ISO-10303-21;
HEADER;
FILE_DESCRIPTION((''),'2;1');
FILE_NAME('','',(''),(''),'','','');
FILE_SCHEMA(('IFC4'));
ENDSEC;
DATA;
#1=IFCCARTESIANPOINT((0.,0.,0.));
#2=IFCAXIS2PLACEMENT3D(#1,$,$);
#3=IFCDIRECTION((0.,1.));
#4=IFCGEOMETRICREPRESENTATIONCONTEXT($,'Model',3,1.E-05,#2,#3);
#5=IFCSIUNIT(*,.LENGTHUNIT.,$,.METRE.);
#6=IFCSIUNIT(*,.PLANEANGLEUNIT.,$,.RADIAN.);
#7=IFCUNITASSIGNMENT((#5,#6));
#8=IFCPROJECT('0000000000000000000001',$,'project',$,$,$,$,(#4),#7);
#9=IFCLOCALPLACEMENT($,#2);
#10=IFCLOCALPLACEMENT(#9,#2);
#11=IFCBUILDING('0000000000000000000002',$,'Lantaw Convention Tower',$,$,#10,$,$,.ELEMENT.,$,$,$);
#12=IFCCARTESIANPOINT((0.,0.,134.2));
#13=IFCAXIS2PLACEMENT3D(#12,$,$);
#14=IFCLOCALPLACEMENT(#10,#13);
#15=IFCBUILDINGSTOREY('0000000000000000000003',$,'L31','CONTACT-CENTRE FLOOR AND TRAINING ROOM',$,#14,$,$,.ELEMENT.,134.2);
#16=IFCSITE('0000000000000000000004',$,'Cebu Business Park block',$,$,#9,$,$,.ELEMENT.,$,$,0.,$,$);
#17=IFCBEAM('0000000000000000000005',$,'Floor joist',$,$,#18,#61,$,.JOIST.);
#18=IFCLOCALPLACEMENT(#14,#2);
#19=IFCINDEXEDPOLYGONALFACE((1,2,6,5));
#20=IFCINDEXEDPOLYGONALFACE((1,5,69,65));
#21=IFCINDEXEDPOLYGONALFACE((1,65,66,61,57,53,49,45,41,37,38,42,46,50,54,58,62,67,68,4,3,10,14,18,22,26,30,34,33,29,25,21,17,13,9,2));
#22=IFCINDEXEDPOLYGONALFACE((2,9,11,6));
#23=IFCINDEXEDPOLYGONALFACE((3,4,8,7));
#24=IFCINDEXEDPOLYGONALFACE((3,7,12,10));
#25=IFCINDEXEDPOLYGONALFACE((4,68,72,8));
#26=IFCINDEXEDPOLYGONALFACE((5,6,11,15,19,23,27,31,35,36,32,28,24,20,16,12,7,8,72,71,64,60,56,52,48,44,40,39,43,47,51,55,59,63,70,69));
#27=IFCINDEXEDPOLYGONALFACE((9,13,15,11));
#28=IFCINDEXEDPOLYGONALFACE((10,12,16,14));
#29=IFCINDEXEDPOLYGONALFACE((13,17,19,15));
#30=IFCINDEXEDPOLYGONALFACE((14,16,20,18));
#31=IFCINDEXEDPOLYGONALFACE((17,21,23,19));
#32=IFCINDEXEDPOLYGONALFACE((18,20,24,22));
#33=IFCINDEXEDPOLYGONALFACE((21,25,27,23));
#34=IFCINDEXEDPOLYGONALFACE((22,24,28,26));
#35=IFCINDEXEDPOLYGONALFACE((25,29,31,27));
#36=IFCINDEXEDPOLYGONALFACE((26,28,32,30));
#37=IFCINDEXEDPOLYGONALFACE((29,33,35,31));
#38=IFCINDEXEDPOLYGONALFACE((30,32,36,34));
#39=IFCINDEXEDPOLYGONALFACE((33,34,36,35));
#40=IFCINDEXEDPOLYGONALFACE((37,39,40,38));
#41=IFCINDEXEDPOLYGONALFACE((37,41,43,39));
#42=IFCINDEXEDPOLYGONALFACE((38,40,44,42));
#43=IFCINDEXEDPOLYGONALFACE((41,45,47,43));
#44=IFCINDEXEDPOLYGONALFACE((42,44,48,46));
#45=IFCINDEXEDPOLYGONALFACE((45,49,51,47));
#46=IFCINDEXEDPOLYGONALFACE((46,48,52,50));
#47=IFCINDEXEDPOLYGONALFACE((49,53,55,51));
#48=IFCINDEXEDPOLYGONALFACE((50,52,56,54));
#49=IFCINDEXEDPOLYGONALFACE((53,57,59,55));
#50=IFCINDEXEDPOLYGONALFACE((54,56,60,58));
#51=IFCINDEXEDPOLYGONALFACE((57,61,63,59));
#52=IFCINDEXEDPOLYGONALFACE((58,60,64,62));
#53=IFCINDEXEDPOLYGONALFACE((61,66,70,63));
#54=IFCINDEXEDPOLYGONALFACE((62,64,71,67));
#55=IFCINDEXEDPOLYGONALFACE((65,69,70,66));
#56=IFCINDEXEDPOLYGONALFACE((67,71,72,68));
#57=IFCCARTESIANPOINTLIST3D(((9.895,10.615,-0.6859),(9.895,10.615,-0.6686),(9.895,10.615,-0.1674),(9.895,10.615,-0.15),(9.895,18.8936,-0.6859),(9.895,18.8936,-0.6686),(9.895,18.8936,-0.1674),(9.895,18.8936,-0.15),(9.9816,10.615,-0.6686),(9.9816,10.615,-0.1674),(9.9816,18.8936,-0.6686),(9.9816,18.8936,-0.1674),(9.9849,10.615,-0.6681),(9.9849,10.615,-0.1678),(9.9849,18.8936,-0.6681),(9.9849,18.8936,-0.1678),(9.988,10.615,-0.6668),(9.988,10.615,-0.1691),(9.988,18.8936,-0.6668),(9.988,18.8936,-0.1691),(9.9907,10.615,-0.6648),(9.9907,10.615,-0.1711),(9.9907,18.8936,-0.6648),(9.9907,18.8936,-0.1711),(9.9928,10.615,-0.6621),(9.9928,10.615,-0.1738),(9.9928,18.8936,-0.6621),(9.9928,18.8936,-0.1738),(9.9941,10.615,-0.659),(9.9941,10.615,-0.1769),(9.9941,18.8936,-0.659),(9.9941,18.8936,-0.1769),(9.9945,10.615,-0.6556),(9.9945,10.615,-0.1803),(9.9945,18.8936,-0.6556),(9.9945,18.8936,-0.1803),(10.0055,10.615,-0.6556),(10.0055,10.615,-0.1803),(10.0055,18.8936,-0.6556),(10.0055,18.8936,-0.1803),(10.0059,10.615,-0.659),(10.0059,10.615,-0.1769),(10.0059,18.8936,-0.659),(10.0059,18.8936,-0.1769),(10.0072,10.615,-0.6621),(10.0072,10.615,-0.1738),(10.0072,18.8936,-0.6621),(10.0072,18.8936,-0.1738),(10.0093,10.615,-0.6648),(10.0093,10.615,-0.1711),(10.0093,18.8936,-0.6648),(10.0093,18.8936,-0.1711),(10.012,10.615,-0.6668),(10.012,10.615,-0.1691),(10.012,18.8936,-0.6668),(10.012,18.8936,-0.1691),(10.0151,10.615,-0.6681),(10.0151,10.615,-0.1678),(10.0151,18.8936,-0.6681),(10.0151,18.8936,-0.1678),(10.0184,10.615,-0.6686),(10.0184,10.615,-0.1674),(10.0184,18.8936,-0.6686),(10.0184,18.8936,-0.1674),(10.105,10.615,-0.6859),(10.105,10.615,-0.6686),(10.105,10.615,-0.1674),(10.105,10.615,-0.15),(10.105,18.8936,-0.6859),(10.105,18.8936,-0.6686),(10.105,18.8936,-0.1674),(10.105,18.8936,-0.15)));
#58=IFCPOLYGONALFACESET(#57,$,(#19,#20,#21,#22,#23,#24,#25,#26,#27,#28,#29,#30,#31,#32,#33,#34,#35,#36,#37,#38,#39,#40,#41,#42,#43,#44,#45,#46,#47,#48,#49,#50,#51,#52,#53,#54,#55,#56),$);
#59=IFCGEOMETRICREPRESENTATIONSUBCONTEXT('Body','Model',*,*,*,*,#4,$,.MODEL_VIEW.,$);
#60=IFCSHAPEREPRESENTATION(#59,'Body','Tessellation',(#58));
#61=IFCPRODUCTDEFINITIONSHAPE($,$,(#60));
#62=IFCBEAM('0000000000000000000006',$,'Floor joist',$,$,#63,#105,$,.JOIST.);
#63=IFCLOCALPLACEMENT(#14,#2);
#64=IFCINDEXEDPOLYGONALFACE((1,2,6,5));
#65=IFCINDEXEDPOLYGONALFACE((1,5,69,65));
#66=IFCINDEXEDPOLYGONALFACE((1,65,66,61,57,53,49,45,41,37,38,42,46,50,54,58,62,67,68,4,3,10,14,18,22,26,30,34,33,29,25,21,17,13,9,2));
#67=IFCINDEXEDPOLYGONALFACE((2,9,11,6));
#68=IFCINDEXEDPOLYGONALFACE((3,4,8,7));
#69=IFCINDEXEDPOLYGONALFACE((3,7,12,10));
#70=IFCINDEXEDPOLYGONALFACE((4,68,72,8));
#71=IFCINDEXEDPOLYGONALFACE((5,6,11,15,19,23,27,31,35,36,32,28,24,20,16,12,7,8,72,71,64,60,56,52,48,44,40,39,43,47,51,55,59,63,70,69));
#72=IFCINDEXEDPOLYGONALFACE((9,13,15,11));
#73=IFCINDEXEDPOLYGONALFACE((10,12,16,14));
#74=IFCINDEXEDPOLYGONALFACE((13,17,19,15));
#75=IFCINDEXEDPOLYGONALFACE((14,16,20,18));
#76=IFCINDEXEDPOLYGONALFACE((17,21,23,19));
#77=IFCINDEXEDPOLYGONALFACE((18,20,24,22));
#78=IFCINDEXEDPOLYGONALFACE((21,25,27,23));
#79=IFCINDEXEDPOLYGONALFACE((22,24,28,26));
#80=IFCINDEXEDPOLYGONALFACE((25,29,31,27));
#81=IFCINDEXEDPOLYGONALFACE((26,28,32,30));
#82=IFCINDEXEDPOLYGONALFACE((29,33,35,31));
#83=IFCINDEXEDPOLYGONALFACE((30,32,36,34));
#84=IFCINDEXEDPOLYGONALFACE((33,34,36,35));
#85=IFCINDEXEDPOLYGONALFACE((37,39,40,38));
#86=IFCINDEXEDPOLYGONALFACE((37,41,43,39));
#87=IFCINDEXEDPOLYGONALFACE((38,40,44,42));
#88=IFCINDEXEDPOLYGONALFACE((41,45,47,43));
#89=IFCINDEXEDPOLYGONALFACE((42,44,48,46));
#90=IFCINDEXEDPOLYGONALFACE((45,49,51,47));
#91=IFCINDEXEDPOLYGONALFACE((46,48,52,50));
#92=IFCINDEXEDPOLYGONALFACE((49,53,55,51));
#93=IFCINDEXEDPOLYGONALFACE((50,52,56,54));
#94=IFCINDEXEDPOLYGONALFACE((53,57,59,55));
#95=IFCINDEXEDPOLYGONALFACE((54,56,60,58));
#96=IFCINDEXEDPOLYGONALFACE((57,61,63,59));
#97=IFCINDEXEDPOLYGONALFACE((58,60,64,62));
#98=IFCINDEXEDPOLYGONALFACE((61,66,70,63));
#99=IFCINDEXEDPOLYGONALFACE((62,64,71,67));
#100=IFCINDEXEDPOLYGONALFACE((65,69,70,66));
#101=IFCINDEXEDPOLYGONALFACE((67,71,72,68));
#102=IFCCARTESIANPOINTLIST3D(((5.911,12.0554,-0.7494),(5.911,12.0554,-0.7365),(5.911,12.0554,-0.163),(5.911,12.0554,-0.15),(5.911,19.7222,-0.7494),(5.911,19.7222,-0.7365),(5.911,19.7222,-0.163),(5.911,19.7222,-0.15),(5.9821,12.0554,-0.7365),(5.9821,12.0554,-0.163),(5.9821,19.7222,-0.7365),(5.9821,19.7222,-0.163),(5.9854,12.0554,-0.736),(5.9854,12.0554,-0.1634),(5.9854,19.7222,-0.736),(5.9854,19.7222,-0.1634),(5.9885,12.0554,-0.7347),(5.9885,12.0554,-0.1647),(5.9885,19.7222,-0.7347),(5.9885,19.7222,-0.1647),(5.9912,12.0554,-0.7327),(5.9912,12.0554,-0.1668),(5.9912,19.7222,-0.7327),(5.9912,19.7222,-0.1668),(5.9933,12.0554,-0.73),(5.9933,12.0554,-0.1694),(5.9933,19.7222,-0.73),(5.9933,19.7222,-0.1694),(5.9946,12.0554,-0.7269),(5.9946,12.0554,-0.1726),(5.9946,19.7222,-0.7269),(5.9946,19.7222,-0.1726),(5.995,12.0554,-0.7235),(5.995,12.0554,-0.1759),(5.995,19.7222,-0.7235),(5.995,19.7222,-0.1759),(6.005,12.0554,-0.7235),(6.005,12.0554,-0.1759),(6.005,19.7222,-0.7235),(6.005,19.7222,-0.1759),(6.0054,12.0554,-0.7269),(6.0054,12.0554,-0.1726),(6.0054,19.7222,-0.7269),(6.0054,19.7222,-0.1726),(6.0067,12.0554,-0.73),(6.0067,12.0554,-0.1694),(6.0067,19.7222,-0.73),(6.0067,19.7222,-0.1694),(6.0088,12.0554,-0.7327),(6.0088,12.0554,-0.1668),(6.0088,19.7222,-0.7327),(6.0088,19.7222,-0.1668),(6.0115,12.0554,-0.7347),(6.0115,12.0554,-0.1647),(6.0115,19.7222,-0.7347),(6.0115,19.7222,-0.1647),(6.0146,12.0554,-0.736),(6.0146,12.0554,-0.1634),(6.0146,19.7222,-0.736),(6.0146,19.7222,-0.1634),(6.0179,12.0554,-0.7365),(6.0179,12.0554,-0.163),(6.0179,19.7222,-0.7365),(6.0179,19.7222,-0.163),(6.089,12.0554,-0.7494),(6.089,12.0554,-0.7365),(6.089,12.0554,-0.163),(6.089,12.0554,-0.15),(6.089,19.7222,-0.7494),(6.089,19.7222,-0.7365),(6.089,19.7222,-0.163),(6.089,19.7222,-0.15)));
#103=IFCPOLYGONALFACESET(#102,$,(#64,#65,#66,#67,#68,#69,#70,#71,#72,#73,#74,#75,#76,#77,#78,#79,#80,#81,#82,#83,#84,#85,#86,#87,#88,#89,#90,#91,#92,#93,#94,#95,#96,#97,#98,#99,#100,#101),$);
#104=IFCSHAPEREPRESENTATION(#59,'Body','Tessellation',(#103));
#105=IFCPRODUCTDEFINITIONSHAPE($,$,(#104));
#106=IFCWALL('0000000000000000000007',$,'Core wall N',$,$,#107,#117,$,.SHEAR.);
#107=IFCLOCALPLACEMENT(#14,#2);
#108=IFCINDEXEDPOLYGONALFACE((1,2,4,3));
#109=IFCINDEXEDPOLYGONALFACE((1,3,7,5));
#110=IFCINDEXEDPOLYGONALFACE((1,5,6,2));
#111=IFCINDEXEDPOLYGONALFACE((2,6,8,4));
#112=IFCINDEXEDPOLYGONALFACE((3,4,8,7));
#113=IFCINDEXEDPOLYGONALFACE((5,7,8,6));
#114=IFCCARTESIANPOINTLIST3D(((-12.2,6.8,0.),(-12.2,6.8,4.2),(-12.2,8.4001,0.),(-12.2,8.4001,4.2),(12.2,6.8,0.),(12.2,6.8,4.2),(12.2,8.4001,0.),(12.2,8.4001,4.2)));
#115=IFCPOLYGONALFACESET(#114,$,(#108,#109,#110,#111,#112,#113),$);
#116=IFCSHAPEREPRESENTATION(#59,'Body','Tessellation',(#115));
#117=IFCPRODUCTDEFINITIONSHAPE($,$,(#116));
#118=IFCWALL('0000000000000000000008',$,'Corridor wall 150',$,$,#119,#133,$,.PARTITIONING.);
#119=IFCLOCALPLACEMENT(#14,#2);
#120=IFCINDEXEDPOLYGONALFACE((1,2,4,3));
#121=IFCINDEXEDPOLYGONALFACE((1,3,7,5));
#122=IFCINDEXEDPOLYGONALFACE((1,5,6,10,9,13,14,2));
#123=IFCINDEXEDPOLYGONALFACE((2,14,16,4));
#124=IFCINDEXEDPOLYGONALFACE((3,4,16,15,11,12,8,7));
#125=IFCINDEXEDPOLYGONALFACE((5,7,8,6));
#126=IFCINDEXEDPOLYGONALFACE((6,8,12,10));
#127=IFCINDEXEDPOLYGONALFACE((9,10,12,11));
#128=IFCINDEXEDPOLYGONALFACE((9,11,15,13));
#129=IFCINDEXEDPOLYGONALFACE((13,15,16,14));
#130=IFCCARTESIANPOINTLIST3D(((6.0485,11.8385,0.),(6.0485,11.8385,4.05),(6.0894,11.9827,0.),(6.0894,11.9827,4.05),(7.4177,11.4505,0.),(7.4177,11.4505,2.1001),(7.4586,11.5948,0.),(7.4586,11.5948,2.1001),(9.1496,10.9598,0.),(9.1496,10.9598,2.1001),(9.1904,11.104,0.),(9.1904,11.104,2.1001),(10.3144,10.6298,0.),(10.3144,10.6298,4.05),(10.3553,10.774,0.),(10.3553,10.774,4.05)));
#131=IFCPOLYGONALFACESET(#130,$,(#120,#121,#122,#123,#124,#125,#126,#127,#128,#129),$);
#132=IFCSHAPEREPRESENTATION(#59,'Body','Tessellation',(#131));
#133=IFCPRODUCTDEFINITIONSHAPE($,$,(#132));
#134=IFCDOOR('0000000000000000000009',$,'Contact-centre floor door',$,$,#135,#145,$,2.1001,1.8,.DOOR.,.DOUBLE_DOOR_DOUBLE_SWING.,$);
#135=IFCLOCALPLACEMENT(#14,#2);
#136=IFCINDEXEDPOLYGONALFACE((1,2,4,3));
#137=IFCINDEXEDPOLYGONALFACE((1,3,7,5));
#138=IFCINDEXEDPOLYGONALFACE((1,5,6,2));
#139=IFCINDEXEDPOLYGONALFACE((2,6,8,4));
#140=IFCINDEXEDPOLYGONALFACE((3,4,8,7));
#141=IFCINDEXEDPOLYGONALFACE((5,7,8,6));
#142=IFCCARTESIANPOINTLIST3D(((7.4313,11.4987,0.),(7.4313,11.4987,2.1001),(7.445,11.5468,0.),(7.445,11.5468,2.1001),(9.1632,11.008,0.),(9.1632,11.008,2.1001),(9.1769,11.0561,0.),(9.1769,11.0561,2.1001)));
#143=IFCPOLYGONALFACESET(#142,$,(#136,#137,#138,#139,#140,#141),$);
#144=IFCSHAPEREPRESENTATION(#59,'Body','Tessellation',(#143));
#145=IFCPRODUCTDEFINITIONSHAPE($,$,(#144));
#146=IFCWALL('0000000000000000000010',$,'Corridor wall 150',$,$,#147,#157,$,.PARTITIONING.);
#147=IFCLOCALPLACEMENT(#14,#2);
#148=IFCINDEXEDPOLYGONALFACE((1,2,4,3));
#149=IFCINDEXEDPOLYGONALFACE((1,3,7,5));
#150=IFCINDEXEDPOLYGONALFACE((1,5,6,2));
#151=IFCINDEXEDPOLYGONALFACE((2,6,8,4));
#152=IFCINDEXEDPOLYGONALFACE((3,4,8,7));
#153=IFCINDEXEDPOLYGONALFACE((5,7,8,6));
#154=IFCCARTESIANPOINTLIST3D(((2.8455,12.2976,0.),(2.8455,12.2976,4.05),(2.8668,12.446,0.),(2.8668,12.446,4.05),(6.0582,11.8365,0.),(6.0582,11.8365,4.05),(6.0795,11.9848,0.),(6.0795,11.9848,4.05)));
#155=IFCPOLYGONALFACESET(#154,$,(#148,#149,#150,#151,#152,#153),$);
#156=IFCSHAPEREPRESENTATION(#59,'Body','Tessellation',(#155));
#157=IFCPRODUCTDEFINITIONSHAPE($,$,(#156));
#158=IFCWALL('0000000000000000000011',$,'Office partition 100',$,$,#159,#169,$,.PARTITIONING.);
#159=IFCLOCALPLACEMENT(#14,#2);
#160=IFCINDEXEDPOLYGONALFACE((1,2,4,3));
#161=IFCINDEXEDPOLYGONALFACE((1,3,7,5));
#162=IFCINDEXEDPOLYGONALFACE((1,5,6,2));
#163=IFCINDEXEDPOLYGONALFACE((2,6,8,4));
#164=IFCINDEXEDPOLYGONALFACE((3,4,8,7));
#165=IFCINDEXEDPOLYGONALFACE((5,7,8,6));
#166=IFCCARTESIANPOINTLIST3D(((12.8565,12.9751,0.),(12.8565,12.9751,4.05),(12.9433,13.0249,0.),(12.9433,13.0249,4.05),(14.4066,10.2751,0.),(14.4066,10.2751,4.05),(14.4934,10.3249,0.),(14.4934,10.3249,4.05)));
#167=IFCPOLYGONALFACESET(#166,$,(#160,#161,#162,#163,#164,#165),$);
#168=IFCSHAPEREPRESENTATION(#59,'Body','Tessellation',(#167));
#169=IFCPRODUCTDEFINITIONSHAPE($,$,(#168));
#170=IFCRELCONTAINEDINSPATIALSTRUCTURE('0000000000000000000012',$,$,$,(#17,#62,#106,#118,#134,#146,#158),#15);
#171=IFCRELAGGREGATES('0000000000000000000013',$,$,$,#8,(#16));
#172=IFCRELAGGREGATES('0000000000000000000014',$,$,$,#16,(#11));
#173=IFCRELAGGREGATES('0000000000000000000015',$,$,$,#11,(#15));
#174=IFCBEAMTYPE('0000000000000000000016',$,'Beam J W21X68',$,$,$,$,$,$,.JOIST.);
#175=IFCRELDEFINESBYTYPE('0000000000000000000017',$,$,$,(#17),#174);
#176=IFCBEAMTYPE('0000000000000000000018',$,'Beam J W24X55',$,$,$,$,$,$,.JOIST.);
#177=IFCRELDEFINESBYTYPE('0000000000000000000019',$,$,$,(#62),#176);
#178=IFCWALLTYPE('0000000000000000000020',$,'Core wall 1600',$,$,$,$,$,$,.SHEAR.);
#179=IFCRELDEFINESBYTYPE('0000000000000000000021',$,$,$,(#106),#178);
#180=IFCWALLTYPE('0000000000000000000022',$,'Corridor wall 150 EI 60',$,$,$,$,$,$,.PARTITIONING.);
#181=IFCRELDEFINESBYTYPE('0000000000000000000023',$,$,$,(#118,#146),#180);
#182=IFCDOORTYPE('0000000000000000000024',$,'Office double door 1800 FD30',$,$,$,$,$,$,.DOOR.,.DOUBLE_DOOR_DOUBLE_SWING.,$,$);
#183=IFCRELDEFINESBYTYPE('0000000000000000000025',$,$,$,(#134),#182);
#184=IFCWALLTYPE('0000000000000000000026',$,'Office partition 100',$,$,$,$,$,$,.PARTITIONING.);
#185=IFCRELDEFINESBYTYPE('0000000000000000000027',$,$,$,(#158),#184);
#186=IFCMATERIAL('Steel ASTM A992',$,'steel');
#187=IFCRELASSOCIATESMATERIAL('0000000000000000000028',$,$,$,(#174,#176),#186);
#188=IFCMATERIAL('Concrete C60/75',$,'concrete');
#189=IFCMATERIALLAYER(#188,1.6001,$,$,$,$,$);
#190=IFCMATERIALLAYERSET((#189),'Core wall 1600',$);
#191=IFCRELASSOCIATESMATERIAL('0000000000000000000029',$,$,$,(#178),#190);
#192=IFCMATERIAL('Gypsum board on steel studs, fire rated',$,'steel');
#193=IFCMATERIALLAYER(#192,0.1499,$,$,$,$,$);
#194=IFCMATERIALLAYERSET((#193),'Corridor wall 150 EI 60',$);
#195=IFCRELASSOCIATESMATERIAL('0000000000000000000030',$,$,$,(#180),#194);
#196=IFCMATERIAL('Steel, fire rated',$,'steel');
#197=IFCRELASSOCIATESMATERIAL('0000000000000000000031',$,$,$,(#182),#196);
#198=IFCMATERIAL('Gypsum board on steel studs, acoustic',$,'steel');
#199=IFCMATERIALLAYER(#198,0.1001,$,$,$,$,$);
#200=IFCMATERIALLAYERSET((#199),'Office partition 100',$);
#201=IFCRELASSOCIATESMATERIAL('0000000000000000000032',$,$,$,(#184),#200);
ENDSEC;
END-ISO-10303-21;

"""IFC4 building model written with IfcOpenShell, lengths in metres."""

from ifc_helpers import new_model, si_unit, direction, frame, frame_2d, origin, origin_2d, place, context, subcontext, project, spatial, rectangle, i_section, extrude, material, layer, layer_set, material_profile, profile_set, type_object, element, fill, save


model = new_model("IFC4")

# Units and contexts
model_context = context("Model", 3, precision=1e-05, world=origin(), true_north=direction((0.0, 1.0)))
body_context = subcontext(model_context, "Body", "Model", "MODEL_VIEW")
ifc_project = project(units=[si_unit("LENGTHUNIT", "METRE"), si_unit("PLANEANGLEUNIT", "RADIAN")], contexts=[model_context])

# Site, building, storey
site_placement = place(None, origin())
site = spatial("IfcSite", under=ifc_project, at=site_placement, Name="Cebu Business Park block", CompositionType="ELEMENT", RefElevation=0.0)
building_placement = place(site_placement, origin())
building = spatial("IfcBuilding", under=site, at=building_placement, Name="Lantaw Convention Tower", CompositionType="ELEMENT")
storey_placement = place(building_placement, frame((0.0, 0.0, 134.2)))
storey = spatial("IfcBuildingStorey", under=building, at=storey_placement, Name="L31", Description="CONTACT-CENTRE FLOOR AND TRAINING ROOM", CompositionType="ELEMENT", Elevation=134.2)

# Beams
ifc_material_1 = material(Name="Steel ASTM A992", Category="steel")
ifc_material_profile_1 = material_profile(ifc_material_1, i_section(OverallWidth=0.21, OverallDepth=0.5359, WebThickness=0.011, FlangeThickness=0.0173, FilletRadius=0.0129, at=origin_2d()), Name="W21X68")
ifc_profile_set_1 = profile_set([ifc_material_profile_1], Name="Steel ASTM A992")
beam_type_1 = type_object("IfcBeamType", Name="Beam J W21X68", PredefinedType="JOIST", material=ifc_profile_set_1)
beam_1_placement = place(storey_placement, frame((10.0, 10.615, -0.418), z_axis=(0.0, 1.0, 0.0), x_axis=(-1.0, 0.0, 0.0)))
element("IfcBeam", 1, at=beam_1_placement, inside=storey, type_object=beam_type_1, Name="Floor joist", PredefinedType="JOIST", context=body_context, shape_type="SweptSolid", body=[
    extrude(i_section(OverallWidth=0.21, OverallDepth=0.5359, WebThickness=0.011, FlangeThickness=0.0173, FilletRadius=0.0129, at=origin_2d()), origin(), (0.0, 0.0, 1.0), 8.2786),
])
ifc_material_profile_2 = material_profile(ifc_material_1, i_section(OverallWidth=0.178, OverallDepth=0.5994, WebThickness=0.01, FlangeThickness=0.0129, FilletRadius=0.0129, at=origin_2d()), Name="W24X55")
ifc_profile_set_2 = profile_set([ifc_material_profile_2], Name="Steel ASTM A992")
beam_type_2 = type_object("IfcBeamType", Name="Beam J W24X55", PredefinedType="JOIST", material=ifc_profile_set_2)
beam_2_placement = place(storey_placement, frame((6.0, 12.0554, -0.4497), z_axis=(0.0, 1.0, 0.0), x_axis=(-1.0, 0.0, 0.0)))
element("IfcBeam", 2, at=beam_2_placement, inside=storey, type_object=beam_type_2, Name="Floor joist", PredefinedType="JOIST", context=body_context, shape_type="SweptSolid", body=[
    extrude(i_section(OverallWidth=0.178, OverallDepth=0.5994, WebThickness=0.01, FlangeThickness=0.0129, FilletRadius=0.0129, at=origin_2d()), origin(), (0.0, 0.0, 1.0), 7.6667),
])

# Wall
ifc_material_2 = material(Name="Concrete C60/75", Category="concrete")
ifc_layer_1 = layer(ifc_material_2, 1.6001)
ifc_layer_set_1 = layer_set([ifc_layer_1], Name="Core wall 1600")
wall_type_1 = type_object("IfcWallType", Name="Core wall 1600", PredefinedType="SHEAR", material=ifc_layer_set_1)
wall_1_placement = place(storey_placement, frame((12.2, 7.6001, 0.0), z_axis=(0.0, 0.0, 1.0), x_axis=(-1.0, 0.0, 0.0)))
element("IfcWall", 3, at=wall_1_placement, inside=storey, type_object=wall_type_1, Name="Core wall N", PredefinedType="SHEAR", context=body_context, shape_type="SweptSolid", body=[
    extrude(rectangle(XDim=24.3999, YDim=1.6001, at=frame_2d((12.2, 0.0))), origin(), (0.0, 0.0, 1.0), 4.2),
])

# Wall, opening, door
ifc_material_3 = material(Name="Gypsum board on steel studs, fire rated", Category="steel")
ifc_layer_2 = layer(ifc_material_3, 0.1499)
ifc_layer_set_2 = layer_set([ifc_layer_2], Name="Corridor wall 150 EI 60")
wall_type_2 = type_object("IfcWallType", Name="Corridor wall 150 EI 60", PredefinedType="PARTITIONING", material=ifc_layer_set_2)
wall_2_placement = place(storey_placement, frame((10.3347, 10.7019, 0.0), z_axis=(0.0, 0.0, 1.0), x_axis=(-0.962122, 0.272619, 0.0)))
wall_2 = element("IfcWall", 4, at=wall_2_placement, inside=storey, type_object=wall_type_2, Name="Corridor wall 150", PredefinedType="PARTITIONING", context=body_context, shape_type="SweptSolid", body=[
    extrude(rectangle(XDim=4.4338, YDim=0.1499, at=frame_2d((2.2168, 0.0))), origin(), (0.0, 0.0, 1.0), 4.05),
])
opening_1_placement = place(wall_2_placement, frame((1.2107, 0.0, 0.0)))
opening_1 = element("IfcOpeningElement", 5, at=opening_1_placement, cuts=wall_2, PredefinedType="OPENING", context=body_context, shape_type="SweptSolid", body=[
    extrude(rectangle(XDim=1.8, YDim=2.1001, at=frame_2d((0.8999, 1.05))), frame((0.0, 0.085, 0.0), z_axis=(0.0, -1.0, 0.0), x_axis=(1.0, 0.0, 0.0)), (0.0, 0.0, 1.0), 0.1699),
])
ifc_material_4 = material(Name="Steel, fire rated", Category="steel")
door_type_1 = type_object("IfcDoorType", Name="Office double door 1800 FD30", OperationType="DOUBLE_DOOR_DOUBLE_SWING", PredefinedType="DOOR", material=ifc_material_4)
door_1_placement = place(opening_1_placement, origin())
door_1 = element("IfcDoor", 6, at=door_1_placement, inside=storey, type_object=door_type_1, Name="Contact-centre floor door", OperationType="DOUBLE_DOOR_DOUBLE_SWING", OverallHeight=2.1001, OverallWidth=1.8, PredefinedType="DOOR", context=body_context, shape_type="SweptSolid", body=[
    extrude(rectangle(XDim=1.8, YDim=2.1001, at=frame_2d((0.8999, 1.05))), frame((0.0, 0.0249, 0.0), z_axis=(0.0, -1.0, 0.0), x_axis=(1.0, 0.0, 0.0)), (0.0, 0.0, 1.0), 0.05),
])
fill(opening_1, door_1)

# Walls
wall_3_placement = place(storey_placement, frame((6.0688, 11.9106, 0.0), z_axis=(0.0, 0.0, 1.0), x_axis=(-0.989853, 0.142095, 0.0)))
element("IfcWall", 7, at=wall_3_placement, inside=storey, type_object=wall_type_2, Name="Corridor wall 150", PredefinedType="PARTITIONING", context=body_context, shape_type="SweptSolid", body=[
    extrude(rectangle(XDim=3.2456, YDim=0.1499, at=frame_2d((1.6228, 0.0))), origin(), (0.0, 0.0, 1.0), 4.05),
])
ifc_material_5 = material(Name="Gypsum board on steel studs, acoustic", Category="steel")
ifc_layer_3 = layer(ifc_material_5, 0.1001)
ifc_layer_set_3 = layer_set([ifc_layer_3], Name="Office partition 100")
wall_type_3 = type_object("IfcWallType", Name="Office partition 100", PredefinedType="PARTITIONING", material=ifc_layer_set_3)
wall_4_placement = place(storey_placement, frame((12.8999, 13.0, 0.0), z_axis=(0.0, 0.0, 1.0), x_axis=(0.497886, -0.867242, 0.0)))
element("IfcWall", 8, at=wall_4_placement, inside=storey, type_object=wall_type_3, Name="Office partition 100", PredefinedType="PARTITIONING", context=body_context, shape_type="SweptSolid", body=[
    extrude(rectangle(XDim=3.1133, YDim=0.1001, at=frame_2d((1.5566, 0.0))), origin(), (0.0, 0.0, 1.0), 4.05),
])

save(model, "model.ifc")
